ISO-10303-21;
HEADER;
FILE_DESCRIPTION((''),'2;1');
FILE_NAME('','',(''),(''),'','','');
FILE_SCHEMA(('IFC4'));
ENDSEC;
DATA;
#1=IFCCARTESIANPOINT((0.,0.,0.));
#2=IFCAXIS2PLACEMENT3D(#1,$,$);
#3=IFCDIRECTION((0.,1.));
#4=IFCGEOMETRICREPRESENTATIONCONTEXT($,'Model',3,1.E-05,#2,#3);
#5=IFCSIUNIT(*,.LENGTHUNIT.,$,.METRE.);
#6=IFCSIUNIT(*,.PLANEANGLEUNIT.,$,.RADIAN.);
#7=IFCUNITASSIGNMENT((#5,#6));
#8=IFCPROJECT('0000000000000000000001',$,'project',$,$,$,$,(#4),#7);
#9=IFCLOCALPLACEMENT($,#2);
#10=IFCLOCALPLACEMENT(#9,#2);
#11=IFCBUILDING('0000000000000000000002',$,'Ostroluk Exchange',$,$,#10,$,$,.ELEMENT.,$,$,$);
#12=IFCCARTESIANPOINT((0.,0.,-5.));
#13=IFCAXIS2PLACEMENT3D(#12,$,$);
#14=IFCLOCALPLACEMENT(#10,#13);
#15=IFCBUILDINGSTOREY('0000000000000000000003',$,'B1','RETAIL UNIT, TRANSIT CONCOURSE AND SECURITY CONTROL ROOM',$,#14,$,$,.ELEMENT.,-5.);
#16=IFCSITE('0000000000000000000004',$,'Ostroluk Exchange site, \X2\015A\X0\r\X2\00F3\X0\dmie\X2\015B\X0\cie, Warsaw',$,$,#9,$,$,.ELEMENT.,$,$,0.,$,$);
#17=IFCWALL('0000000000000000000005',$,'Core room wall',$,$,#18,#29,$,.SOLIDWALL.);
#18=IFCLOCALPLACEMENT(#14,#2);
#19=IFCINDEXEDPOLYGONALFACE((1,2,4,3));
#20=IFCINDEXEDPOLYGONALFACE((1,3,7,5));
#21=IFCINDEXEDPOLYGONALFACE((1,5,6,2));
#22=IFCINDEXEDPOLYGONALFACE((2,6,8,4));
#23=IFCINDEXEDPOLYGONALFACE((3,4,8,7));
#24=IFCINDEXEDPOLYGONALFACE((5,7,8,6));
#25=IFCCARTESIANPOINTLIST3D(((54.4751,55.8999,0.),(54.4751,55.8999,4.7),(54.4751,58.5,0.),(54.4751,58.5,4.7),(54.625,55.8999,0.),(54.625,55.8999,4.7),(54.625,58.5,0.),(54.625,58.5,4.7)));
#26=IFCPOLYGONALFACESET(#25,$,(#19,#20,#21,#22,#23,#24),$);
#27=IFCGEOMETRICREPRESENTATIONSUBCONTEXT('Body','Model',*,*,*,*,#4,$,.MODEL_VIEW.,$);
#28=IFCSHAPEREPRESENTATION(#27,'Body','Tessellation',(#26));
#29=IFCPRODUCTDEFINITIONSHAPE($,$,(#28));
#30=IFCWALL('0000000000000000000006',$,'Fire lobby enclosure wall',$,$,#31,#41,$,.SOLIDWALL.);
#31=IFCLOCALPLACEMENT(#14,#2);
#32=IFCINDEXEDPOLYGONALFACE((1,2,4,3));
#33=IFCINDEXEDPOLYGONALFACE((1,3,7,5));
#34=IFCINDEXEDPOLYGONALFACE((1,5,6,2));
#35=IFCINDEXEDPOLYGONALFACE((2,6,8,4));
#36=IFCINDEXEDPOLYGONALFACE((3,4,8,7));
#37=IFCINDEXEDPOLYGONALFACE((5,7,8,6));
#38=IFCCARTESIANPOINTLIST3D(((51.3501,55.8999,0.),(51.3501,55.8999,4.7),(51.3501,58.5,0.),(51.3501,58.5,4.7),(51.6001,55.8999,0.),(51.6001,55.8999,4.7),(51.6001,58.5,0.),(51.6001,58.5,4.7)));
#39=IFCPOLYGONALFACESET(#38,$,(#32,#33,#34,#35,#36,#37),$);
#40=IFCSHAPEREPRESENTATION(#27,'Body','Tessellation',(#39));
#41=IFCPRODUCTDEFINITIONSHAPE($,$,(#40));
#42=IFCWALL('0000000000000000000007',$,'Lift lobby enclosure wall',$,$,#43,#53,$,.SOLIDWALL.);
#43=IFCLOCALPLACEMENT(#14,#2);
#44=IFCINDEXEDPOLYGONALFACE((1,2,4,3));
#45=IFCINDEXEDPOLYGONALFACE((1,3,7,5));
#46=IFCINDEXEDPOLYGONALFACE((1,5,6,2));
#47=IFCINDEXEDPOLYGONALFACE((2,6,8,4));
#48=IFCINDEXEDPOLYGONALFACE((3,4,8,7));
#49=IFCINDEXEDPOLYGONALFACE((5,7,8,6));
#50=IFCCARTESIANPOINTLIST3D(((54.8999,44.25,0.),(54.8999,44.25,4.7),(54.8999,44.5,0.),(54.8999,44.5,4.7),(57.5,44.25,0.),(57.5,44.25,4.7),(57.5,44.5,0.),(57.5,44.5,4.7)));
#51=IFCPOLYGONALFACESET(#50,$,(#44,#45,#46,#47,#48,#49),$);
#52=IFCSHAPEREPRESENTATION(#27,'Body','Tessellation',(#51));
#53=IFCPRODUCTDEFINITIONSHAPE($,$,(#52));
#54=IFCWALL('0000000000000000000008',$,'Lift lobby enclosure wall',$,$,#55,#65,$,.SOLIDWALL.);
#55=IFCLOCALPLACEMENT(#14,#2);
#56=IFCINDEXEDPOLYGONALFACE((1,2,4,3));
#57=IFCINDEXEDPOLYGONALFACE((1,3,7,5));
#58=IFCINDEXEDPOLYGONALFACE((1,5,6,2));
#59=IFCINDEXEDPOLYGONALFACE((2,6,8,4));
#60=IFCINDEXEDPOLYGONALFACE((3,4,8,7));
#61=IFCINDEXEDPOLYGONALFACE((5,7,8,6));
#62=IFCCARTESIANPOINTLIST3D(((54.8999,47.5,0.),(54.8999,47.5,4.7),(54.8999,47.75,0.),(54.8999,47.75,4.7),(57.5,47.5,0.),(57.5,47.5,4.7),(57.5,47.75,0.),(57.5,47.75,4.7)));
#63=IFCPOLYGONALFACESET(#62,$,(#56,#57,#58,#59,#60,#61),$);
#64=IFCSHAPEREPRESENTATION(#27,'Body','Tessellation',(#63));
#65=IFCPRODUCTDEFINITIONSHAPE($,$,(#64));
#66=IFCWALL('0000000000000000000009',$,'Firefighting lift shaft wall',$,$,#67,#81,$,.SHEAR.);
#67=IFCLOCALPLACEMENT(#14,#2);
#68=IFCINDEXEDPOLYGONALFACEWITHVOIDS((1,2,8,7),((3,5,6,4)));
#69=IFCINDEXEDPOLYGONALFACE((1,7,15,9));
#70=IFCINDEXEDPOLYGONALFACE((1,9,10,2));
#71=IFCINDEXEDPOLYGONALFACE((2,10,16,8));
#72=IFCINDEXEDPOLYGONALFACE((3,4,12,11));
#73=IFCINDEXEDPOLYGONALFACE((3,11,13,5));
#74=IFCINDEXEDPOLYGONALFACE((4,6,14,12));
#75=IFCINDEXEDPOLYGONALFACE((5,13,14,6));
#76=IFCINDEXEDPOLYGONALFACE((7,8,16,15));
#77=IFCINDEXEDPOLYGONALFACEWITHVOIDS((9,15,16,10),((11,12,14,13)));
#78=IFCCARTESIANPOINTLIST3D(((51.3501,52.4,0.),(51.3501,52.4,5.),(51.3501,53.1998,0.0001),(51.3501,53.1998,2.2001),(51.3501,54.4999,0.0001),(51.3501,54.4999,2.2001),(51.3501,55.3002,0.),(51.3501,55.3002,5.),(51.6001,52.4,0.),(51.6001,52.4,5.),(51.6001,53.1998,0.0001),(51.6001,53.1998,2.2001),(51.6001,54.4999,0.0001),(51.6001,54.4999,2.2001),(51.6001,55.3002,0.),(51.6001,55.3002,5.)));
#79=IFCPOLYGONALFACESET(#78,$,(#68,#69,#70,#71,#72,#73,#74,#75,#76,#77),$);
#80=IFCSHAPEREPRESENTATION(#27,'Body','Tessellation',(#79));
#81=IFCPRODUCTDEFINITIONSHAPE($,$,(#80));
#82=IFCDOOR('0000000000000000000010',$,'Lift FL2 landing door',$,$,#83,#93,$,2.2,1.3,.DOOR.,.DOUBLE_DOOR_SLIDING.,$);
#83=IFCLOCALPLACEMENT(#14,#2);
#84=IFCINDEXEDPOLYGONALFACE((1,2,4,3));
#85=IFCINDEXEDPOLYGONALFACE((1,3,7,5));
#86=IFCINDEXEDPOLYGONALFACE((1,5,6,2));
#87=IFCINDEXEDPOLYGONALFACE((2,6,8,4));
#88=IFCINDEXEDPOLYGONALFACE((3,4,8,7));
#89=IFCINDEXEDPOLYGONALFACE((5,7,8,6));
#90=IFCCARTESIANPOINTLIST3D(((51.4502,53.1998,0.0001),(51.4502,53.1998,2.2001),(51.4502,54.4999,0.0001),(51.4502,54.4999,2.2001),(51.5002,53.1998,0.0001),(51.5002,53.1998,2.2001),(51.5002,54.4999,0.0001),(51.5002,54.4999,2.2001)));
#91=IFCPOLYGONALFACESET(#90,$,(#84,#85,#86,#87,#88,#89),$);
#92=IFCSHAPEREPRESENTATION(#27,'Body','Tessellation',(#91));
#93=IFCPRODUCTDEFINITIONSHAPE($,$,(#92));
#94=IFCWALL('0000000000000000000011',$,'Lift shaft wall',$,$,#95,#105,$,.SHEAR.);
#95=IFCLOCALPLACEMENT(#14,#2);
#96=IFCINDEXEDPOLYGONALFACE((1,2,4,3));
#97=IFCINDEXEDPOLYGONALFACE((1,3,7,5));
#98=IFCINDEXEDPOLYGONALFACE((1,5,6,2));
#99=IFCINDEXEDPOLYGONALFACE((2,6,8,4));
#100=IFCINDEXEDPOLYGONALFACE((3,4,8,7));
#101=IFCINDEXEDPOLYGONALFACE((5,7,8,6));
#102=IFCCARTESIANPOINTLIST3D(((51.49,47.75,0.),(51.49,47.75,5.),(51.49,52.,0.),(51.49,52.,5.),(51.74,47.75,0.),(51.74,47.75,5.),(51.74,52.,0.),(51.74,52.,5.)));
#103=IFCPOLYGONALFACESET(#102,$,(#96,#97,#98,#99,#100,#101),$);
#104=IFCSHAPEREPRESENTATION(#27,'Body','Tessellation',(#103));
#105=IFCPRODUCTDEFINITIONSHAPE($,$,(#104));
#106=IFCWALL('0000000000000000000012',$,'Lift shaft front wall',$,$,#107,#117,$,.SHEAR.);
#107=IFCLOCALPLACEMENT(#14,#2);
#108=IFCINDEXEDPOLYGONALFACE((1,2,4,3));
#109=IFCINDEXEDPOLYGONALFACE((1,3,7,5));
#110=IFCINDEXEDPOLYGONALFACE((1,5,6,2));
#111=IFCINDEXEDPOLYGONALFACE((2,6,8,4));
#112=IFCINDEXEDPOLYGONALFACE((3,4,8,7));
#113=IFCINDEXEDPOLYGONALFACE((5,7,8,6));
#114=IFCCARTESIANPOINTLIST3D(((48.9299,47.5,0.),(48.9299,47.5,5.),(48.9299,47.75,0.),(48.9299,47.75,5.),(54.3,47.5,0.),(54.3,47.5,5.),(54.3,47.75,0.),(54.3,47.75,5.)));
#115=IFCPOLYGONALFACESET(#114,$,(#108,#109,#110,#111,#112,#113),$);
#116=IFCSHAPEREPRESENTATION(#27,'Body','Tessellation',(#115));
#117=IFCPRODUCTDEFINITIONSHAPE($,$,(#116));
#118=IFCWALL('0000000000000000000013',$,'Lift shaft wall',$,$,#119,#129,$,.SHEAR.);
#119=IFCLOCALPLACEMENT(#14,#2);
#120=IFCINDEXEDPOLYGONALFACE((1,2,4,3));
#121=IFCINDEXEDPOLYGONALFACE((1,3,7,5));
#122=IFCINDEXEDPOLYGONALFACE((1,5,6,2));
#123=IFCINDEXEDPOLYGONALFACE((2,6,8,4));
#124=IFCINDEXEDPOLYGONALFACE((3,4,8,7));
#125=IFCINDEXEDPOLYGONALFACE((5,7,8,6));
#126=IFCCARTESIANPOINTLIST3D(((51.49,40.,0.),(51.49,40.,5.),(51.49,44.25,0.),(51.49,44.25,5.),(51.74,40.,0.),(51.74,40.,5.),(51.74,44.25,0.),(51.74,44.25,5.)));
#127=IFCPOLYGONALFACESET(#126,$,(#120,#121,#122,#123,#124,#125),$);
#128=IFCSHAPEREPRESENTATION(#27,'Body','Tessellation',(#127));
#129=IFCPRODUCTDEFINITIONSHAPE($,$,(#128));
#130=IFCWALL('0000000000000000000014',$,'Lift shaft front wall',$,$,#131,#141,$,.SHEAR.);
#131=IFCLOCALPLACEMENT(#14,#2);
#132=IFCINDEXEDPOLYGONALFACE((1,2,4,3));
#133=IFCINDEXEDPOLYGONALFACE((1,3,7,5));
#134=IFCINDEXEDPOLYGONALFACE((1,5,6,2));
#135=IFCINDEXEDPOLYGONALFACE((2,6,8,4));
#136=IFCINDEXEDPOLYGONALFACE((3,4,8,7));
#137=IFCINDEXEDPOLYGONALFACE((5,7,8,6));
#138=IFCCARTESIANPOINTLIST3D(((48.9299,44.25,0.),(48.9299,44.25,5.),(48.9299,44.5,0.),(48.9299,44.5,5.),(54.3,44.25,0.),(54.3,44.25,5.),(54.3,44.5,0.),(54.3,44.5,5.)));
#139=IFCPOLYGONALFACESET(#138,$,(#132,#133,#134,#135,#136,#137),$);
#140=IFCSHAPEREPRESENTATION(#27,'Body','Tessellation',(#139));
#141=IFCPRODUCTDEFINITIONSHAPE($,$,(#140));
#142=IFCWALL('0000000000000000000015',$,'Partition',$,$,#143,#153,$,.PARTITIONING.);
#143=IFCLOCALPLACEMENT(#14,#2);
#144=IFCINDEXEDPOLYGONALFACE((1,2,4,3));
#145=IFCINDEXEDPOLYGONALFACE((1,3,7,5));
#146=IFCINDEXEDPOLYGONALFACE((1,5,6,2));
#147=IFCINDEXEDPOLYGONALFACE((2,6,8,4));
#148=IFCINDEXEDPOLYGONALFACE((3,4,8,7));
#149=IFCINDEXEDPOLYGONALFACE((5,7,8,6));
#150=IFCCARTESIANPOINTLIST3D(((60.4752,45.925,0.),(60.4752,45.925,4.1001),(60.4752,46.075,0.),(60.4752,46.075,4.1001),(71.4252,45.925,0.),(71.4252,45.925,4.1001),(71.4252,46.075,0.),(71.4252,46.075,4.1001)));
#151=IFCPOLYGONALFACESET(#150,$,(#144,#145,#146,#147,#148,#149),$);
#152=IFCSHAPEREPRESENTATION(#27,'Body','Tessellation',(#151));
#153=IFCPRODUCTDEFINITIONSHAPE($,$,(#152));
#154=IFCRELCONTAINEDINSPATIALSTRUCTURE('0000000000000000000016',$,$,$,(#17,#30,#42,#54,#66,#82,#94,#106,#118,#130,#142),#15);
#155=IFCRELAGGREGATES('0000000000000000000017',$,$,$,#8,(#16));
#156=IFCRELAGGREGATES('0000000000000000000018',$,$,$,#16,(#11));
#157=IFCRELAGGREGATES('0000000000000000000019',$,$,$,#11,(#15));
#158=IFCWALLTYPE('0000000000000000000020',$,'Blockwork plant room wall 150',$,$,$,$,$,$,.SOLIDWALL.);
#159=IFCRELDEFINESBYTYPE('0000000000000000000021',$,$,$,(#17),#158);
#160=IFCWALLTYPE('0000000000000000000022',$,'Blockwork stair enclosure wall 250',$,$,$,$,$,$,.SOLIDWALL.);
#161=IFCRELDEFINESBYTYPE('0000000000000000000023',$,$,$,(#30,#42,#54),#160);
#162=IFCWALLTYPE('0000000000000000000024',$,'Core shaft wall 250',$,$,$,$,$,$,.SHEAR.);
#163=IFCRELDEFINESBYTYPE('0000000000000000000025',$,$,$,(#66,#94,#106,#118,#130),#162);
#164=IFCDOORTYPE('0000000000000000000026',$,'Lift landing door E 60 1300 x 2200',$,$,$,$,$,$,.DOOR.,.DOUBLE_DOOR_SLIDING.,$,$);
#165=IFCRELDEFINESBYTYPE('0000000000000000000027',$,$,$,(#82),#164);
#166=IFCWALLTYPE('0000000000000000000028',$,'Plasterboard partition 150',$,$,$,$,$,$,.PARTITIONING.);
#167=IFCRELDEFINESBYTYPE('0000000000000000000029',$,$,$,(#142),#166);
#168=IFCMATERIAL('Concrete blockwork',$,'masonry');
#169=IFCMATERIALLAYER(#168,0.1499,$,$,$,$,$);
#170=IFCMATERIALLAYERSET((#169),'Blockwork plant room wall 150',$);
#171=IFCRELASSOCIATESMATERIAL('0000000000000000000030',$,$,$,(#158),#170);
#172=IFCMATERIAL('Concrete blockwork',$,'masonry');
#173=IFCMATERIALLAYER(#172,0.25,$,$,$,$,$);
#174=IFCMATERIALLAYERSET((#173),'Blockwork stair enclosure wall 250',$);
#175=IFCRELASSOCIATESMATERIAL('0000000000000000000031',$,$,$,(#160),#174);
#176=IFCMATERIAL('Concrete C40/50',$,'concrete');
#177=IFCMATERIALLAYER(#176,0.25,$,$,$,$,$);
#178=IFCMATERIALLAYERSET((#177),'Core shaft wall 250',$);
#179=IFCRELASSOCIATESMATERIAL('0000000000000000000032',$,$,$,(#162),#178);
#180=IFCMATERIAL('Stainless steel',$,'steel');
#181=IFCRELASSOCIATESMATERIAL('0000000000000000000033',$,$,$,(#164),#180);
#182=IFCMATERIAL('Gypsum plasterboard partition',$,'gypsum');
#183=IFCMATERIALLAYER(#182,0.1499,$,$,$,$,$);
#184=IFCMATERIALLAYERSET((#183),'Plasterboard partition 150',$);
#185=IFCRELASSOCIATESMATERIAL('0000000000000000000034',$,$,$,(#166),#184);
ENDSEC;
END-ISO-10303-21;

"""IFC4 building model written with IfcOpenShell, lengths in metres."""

from ifc_helpers import new_model, si_unit, direction, frame, frame_2d, origin, place, context, subcontext, project, spatial, rectangle, extrude, material, layer, layer_set, type_object, element, fill, save


model = new_model("IFC4")

# Units and contexts
model_context = context("Model", 3, precision=1e-05, world=origin(), true_north=direction((0.0, 1.0)))
body_context = subcontext(model_context, "Body", "Model", "MODEL_VIEW")
ifc_project = project(units=[si_unit("LENGTHUNIT", "METRE"), si_unit("PLANEANGLEUNIT", "RADIAN")], contexts=[model_context])

# Site, building, storey
site_placement = place(None, origin())
site = spatial("IfcSite", under=ifc_project, at=site_placement, Name="Ostroluk Exchange site, Śródmieście, Warsaw", CompositionType="ELEMENT", RefElevation=0.0)
building_placement = place(site_placement, origin())
building = spatial("IfcBuilding", under=site, at=building_placement, Name="Ostroluk Exchange", CompositionType="ELEMENT")
storey_placement = place(building_placement, frame((0.0, 0.0, -5.0)))
storey = spatial("IfcBuildingStorey", under=building, at=storey_placement, Name="B1", Description="RETAIL UNIT, TRANSIT CONCOURSE AND SECURITY CONTROL ROOM", CompositionType="ELEMENT", Elevation=-5.0)

# Walls
ifc_material_1 = material(Name="Concrete blockwork", Category="masonry")
ifc_layer_1 = layer(ifc_material_1, 0.1499)
ifc_layer_set_1 = layer_set([ifc_layer_1], Name="Blockwork plant room wall 150")
wall_type_1 = type_object("IfcWallType", Name="Blockwork plant room wall 150", PredefinedType="SOLIDWALL", material=ifc_layer_set_1)
wall_1_placement = place(storey_placement, frame((54.55, 55.8999, 0.0), z_axis=(0.0, 0.0, 1.0), x_axis=(0.0, 1.0, 0.0)))
element("IfcWall", 1, at=wall_1_placement, inside=storey, type_object=wall_type_1, Name="Core room wall", PredefinedType="SOLIDWALL", context=body_context, shape_type="SweptSolid", body=[
    extrude(rectangle(XDim=2.6001, YDim=0.1499, at=frame_2d((1.3, 0.0))), origin(), (0.0, 0.0, 1.0), 4.7),
])
ifc_material_2 = material(Name="Concrete blockwork", Category="masonry")
ifc_layer_2 = layer(ifc_material_2, 0.25)
ifc_layer_set_2 = layer_set([ifc_layer_2], Name="Blockwork stair enclosure wall 250")
wall_type_2 = type_object("IfcWallType", Name="Blockwork stair enclosure wall 250", PredefinedType="SOLIDWALL", material=ifc_layer_set_2)
for number, where, z_axis, x_axis, name in (
    (2, (51.4751, 55.8999, 0.0), (0.0, 0.0, 1.0), (0.0, 1.0, 0.0), "Fire lobby enclosure wall"),
    (3, (54.8999, 44.375, 0.0), (0.0, 0.0, 1.0), (1.0, 0.0, 0.0), "Lift lobby enclosure wall"),
    (4, (54.8999, 47.625, 0.0), (0.0, 0.0, 1.0), (1.0, 0.0, 0.0), "Lift lobby enclosure wall"),
):
    element("IfcWall", number, at=place(storey_placement, frame(where, z_axis=z_axis, x_axis=x_axis)), inside=storey, type_object=wall_type_2, Name=name, PredefinedType="SOLIDWALL", context=body_context, shape_type="SweptSolid", body=[
        extrude(rectangle(XDim=2.6001, YDim=0.25, at=frame_2d((1.3, 0.0))), origin(), (0.0, 0.0, 1.0), 4.7),
    ])

# Wall, opening, door
ifc_material_3 = material(Name="Concrete C40/50", Category="concrete")
ifc_layer_3 = layer(ifc_material_3, 0.25)
ifc_layer_set_3 = layer_set([ifc_layer_3], Name="Core shaft wall 250")
wall_type_3 = type_object("IfcWallType", Name="Core shaft wall 250", PredefinedType="SHEAR", material=ifc_layer_set_3)
wall_2_placement = place(storey_placement, frame((51.4751, 52.3999, 0.0), z_axis=(0.0, 0.0, 1.0), x_axis=(0.0, 1.0, 0.0)))
wall_2 = element("IfcWall", 5, at=wall_2_placement, inside=storey, type_object=wall_type_3, Name="Firefighting lift shaft wall", PredefinedType="SHEAR", context=body_context, shape_type="SweptSolid", body=[
    extrude(rectangle(XDim=2.9001, YDim=0.25, at=frame_2d((1.4502, 0.0))), origin(), (0.0, 0.0, 1.0), 5.0),
])
opening_placement = place(wall_2_placement, frame((0.8, 0.0, 0.0)))
opening = element("IfcOpeningElement", 6, at=opening_placement, cuts=wall_2, PredefinedType="OPENING", context=body_context, shape_type="SweptSolid", body=[
    extrude(rectangle(XDim=1.3, YDim=2.2, at=frame_2d((0.6499, 1.1001))), frame((0.0, 0.135, 0.0), z_axis=(0.0, -1.0, 0.0), x_axis=(1.0, 0.0, 0.0)), (0.0, 0.0, 1.0), 0.27),
])
ifc_material_4 = material(Name="Stainless steel", Category="steel")
door_type = type_object("IfcDoorType", Name="Lift landing door E 60 1300 x 2200", OperationType="DOUBLE_DOOR_SLIDING", PredefinedType="DOOR", material=ifc_material_4)
door_placement = place(opening_placement, origin())
door = element("IfcDoor", 7, at=door_placement, inside=storey, type_object=door_type, Name="Lift FL2 landing door", OperationType="DOUBLE_DOOR_SLIDING", OverallHeight=2.2, OverallWidth=1.3, PredefinedType="DOOR", context=body_context, shape_type="SweptSolid", body=[
    extrude(rectangle(XDim=1.3, YDim=2.2, at=frame_2d((0.6499, 1.1001))), frame((0.0, 0.0249, 0.0), z_axis=(0.0, -1.0, 0.0), x_axis=(1.0, 0.0, 0.0)), (0.0, 0.0, 1.0), 0.05),
])
fill(opening, door)

# Walls
wall_3_placement = place(storey_placement, frame((51.615, 47.75, 0.0), z_axis=(0.0, 0.0, 1.0), x_axis=(0.0, 1.0, 0.0)))
element("IfcWall", 8, at=wall_3_placement, inside=storey, type_object=wall_type_3, Name="Lift shaft wall", PredefinedType="SHEAR", context=body_context, shape_type="SweptSolid", body=[
    extrude(rectangle(XDim=4.25, YDim=0.25, at=frame_2d((2.125, 0.0))), origin(), (0.0, 0.0, 1.0), 5.0),
])
wall_4_placement = place(storey_placement, frame((48.9299, 47.625, 0.0), z_axis=(0.0, 0.0, 1.0), x_axis=(1.0, 0.0, 0.0)))
element("IfcWall", 9, at=wall_4_placement, inside=storey, type_object=wall_type_3, Name="Lift shaft front wall", PredefinedType="SHEAR", context=body_context, shape_type="SweptSolid", body=[
    extrude(rectangle(XDim=5.3701, YDim=0.25, at=frame_2d((2.6851, 0.0))), origin(), (0.0, 0.0, 1.0), 5.0),
])
wall_5_placement = place(storey_placement, frame((51.615, 44.25, 0.0), z_axis=(0.0, 0.0, 1.0), x_axis=(0.0, -1.0, 0.0)))
element("IfcWall", 10, at=wall_5_placement, inside=storey, type_object=wall_type_3, Name="Lift shaft wall", PredefinedType="SHEAR", context=body_context, shape_type="SweptSolid", body=[
    extrude(rectangle(XDim=4.25, YDim=0.25, at=frame_2d((2.125, 0.0))), origin(), (0.0, 0.0, 1.0), 5.0),
])
wall_6_placement = place(storey_placement, frame((48.9299, 44.375, 0.0), z_axis=(0.0, 0.0, 1.0), x_axis=(1.0, 0.0, 0.0)))
element("IfcWall", 11, at=wall_6_placement, inside=storey, type_object=wall_type_3, Name="Lift shaft front wall", PredefinedType="SHEAR", context=body_context, shape_type="SweptSolid", body=[
    extrude(rectangle(XDim=5.3701, YDim=0.25, at=frame_2d((2.6851, 0.0))), origin(), (0.0, 0.0, 1.0), 5.0),
])
ifc_material_5 = material(Name="Gypsum plasterboard partition", Category="gypsum")
ifc_layer_4 = layer(ifc_material_5, 0.1499)
ifc_layer_set_4 = layer_set([ifc_layer_4], Name="Plasterboard partition 150")
wall_type_4 = type_object("IfcWallType", Name="Plasterboard partition 150", PredefinedType="PARTITIONING", material=ifc_layer_set_4)
wall_7_placement = place(storey_placement, frame((60.4751, 46.0, 0.0), z_axis=(0.0, 0.0, 1.0), x_axis=(1.0, 0.0, 0.0)))
element("IfcWall", 12, at=wall_7_placement, inside=storey, type_object=wall_type_4, Name="Partition", PredefinedType="PARTITIONING", context=body_context, shape_type="SweptSolid", body=[
    extrude(rectangle(XDim=10.95, YDim=0.1499, at=frame_2d((5.4751, 0.0))), origin(), (0.0, 0.0, 1.0), 4.1001),
])

save(model, "model.ifc")
